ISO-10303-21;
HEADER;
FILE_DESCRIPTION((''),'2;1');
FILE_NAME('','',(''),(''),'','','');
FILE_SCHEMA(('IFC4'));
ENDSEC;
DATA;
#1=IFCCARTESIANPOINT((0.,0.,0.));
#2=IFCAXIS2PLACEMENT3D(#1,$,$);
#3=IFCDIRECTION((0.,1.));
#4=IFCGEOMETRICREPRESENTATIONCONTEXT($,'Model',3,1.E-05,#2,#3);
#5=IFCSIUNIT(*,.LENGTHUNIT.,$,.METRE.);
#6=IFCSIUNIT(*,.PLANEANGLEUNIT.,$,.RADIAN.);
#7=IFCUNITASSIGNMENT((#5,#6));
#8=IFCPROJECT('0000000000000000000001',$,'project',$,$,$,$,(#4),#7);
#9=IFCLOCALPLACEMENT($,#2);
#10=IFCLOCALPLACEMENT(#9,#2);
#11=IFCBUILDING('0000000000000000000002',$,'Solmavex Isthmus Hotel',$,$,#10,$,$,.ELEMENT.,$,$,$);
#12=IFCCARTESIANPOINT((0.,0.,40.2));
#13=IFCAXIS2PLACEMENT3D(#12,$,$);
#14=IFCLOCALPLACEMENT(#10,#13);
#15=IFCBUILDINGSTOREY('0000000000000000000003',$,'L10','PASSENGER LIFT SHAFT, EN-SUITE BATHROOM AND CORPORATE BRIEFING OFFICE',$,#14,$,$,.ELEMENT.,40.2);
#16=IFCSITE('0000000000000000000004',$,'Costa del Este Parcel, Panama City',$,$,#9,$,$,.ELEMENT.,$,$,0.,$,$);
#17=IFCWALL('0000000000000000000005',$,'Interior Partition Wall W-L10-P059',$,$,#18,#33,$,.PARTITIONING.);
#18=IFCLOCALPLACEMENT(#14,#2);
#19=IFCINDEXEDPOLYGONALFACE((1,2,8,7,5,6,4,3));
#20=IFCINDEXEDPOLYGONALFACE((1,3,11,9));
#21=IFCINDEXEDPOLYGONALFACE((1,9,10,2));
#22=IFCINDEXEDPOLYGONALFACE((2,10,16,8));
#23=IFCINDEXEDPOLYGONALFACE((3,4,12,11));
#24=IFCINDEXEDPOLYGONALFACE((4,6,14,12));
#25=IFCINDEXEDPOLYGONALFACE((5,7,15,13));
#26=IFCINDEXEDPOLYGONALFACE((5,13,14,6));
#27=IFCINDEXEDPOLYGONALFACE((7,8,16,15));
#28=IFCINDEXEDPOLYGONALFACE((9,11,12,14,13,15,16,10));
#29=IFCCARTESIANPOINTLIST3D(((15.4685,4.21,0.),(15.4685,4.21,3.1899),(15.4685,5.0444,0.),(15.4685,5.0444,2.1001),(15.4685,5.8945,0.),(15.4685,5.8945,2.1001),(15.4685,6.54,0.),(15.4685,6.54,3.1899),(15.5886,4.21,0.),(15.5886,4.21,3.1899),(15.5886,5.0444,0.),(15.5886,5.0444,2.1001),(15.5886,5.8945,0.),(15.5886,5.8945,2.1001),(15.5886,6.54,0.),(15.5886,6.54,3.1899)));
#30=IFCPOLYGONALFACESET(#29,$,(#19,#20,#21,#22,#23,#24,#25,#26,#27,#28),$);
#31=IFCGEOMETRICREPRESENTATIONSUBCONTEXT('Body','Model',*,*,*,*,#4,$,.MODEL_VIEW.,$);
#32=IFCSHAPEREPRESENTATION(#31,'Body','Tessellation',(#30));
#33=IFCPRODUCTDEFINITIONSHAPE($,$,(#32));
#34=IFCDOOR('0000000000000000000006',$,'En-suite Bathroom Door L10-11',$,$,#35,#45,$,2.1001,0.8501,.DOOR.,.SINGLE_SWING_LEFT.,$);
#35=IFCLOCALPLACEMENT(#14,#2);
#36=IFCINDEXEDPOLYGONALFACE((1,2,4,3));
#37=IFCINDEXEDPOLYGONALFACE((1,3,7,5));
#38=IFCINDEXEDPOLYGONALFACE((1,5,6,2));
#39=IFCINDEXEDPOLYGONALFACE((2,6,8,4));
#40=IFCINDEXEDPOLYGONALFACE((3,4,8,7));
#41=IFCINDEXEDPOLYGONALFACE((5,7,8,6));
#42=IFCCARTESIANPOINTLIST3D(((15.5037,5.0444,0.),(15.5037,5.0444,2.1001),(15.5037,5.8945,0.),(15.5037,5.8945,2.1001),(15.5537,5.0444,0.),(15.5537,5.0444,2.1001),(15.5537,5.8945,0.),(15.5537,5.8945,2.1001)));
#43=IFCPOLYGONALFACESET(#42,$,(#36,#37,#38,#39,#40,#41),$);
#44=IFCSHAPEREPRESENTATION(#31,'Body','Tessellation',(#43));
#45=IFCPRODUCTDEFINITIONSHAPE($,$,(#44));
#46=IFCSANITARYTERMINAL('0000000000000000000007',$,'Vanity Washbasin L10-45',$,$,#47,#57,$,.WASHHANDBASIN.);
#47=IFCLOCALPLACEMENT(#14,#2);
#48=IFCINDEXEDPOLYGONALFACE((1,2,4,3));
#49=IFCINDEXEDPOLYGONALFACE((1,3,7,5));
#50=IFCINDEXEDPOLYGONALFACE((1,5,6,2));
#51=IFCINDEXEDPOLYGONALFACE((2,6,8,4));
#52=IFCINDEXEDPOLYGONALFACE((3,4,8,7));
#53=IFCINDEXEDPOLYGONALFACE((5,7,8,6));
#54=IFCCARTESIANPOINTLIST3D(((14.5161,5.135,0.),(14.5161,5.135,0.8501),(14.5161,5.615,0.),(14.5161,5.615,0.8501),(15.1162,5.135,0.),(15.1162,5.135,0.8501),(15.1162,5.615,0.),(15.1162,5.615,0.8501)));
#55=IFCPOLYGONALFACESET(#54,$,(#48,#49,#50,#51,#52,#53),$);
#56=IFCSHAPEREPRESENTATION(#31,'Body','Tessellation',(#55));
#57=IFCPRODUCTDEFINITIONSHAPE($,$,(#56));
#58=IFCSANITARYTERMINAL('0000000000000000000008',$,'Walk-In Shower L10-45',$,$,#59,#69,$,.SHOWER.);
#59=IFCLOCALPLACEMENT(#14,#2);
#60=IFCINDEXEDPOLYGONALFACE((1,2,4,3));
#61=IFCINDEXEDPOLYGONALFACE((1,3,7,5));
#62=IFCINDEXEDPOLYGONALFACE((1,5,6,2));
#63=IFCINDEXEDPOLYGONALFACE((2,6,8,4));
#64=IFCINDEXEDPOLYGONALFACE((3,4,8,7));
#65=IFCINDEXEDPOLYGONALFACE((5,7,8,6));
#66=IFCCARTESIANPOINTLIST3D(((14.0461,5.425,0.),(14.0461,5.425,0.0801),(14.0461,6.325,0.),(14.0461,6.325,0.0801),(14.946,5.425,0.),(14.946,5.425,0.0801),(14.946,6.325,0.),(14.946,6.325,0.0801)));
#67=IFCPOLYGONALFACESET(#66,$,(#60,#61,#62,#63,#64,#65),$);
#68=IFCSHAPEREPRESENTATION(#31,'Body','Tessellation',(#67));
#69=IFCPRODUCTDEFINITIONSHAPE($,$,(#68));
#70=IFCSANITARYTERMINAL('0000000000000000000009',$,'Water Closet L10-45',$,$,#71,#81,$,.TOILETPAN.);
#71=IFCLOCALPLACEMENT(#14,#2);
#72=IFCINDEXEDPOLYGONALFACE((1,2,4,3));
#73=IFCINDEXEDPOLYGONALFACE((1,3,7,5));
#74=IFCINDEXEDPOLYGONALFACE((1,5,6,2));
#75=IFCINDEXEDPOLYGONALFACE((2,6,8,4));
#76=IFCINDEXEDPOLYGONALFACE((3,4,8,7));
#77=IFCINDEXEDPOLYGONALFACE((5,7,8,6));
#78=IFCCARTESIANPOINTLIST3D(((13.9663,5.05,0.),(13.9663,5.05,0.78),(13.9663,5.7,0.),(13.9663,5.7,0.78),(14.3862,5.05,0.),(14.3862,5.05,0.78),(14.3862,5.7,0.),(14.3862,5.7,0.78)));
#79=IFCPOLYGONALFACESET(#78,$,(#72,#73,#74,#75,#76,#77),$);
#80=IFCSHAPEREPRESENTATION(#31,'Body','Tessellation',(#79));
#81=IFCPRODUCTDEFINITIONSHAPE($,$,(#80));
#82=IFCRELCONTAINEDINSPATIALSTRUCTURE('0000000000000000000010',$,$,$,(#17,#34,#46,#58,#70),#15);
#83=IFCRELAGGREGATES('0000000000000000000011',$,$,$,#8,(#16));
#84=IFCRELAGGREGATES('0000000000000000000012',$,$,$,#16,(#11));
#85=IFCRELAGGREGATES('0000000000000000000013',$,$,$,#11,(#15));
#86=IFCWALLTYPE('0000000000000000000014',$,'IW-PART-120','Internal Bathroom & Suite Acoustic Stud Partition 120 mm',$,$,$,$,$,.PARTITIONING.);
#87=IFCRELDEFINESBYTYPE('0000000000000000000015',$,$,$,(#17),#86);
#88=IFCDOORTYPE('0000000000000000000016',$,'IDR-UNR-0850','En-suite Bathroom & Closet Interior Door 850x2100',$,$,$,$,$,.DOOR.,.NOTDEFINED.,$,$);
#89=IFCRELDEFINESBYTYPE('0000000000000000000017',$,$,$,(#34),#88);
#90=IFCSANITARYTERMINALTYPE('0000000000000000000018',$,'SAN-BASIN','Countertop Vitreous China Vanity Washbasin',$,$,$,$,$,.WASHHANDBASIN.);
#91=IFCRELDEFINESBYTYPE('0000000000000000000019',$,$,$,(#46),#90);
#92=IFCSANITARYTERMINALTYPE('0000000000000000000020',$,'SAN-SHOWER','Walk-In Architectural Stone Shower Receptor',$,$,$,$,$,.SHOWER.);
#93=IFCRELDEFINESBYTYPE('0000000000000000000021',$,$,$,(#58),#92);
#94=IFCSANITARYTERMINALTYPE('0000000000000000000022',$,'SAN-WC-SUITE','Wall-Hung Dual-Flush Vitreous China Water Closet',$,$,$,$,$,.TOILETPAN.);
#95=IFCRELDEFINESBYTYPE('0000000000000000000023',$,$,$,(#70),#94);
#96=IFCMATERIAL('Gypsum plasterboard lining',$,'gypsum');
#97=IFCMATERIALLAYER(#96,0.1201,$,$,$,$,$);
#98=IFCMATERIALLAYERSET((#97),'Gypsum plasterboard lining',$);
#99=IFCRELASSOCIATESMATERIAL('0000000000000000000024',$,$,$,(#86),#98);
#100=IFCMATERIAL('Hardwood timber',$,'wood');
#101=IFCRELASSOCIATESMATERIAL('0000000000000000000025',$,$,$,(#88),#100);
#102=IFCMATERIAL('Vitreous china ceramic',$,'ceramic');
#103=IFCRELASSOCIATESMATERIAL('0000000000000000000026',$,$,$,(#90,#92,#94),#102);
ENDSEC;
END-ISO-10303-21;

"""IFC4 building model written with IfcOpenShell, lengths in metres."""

from ifc_helpers import new_model, si_unit, direction, frame, frame_2d, origin, origin_2d, place, context, subcontext, project, spatial, rectangle, extrude, material, layer, layer_set, type_object, element, fill, save


model = new_model("IFC4")

# Units and contexts
model_context = context("Model", 3, precision=1e-05, world=origin(), true_north=direction((0.0, 1.0)))
body_context = subcontext(model_context, "Body", "Model", "MODEL_VIEW")
ifc_project = project(units=[si_unit("LENGTHUNIT", "METRE"), si_unit("PLANEANGLEUNIT", "RADIAN")], contexts=[model_context])

# Site, building, storey
site_placement = place(None, origin())
site = spatial("IfcSite", under=ifc_project, at=site_placement, Name="Costa del Este Parcel, Panama City", CompositionType="ELEMENT", RefElevation=0.0)
building_placement = place(site_placement, origin())
building = spatial("IfcBuilding", under=site, at=building_placement, Name="Solmavex Isthmus Hotel", CompositionType="ELEMENT")
storey_placement = place(building_placement, frame((0.0, 0.0, 40.2)))
storey = spatial("IfcBuildingStorey", under=building, at=storey_placement, Name="L10", Description="PASSENGER LIFT SHAFT, EN-SUITE BATHROOM AND CORPORATE BRIEFING OFFICE", CompositionType="ELEMENT", Elevation=40.2)

# Shared definitions
ifc_material_1 = material(Name="Gypsum plasterboard lining", Category="gypsum")
ifc_material_2 = material(Name="Hardwood timber", Category="wood")

# Shared definitions
ifc_layer_1 = layer(ifc_material_1, 0.1201)
ifc_layer_set_1 = layer_set([ifc_layer_1], Name="Gypsum plasterboard lining")
wall_type_1 = type_object("IfcWallType", Name="IW-PART-120", Description="Internal Bathroom & Suite Acoustic Stud Partition 120 mm", PredefinedType="PARTITIONING", material=ifc_layer_set_1)
door_type_1 = type_object("IfcDoorType", Name="IDR-UNR-0850", Description="En-suite Bathroom & Closet Interior Door 850x2100", OperationType="NOTDEFINED", PredefinedType="DOOR", material=ifc_material_2)

# Wall, opening, door
wall_1_placement = place(storey_placement, frame((15.5286, 4.21, 0.0), z_axis=(0.0, 0.0, 1.0), x_axis=(0.0, 1.0, 0.0)))
wall_1 = element("IfcWall", 1, at=wall_1_placement, inside=storey, type_object=wall_type_1, Name="Interior Partition Wall W-L10-P059", PredefinedType="PARTITIONING", context=body_context, shape_type="SweptSolid", body=[
    extrude(rectangle(XDim=2.3301, YDim=0.1201, at=frame_2d((1.165, 0.0))), origin(), (0.0, 0.0, 1.0), 3.1899),
])
opening_1_placement = place(wall_1_placement, frame((0.8345, 0.0, 0.0)))
opening_1 = element("IfcOpeningElement", 2, at=opening_1_placement, cuts=wall_1, PredefinedType="OPENING", context=body_context, shape_type="SweptSolid", body=[
    extrude(rectangle(XDim=0.8501, YDim=2.1001, at=frame_2d((0.425, 1.05))), frame((0.0, 0.0701, 0.0), z_axis=(0.0, -1.0, 0.0), x_axis=(1.0, 0.0, 0.0)), (0.0, 0.0, 1.0), 0.1401),
])
door_1_placement = place(opening_1_placement, origin())
door_1 = element("IfcDoor", 3, at=door_1_placement, inside=storey, type_object=door_type_1, Name="En-suite Bathroom Door L10-11", OperationType="SINGLE_SWING_LEFT", OverallHeight=2.1001, OverallWidth=0.8501, PredefinedType="DOOR", context=body_context, shape_type="SweptSolid", body=[
    extrude(rectangle(XDim=0.8501, YDim=2.1001, at=frame_2d((0.425, 1.05))), frame((0.0, 0.0249, 0.0), z_axis=(0.0, -1.0, 0.0), x_axis=(1.0, 0.0, 0.0)), (0.0, 0.0, 1.0), 0.05),
])
fill(opening_1, door_1)

# Sanitary terminals
ifc_material_3 = material(Name="Vitreous china ceramic", Category="ceramic")
sanitary_terminal_type_1 = type_object("IfcSanitaryTerminalType", Name="SAN-BASIN", Description="Countertop Vitreous China Vanity Washbasin", PredefinedType="WASHHANDBASIN", material=ifc_material_3)
sanitary_terminal_1_placement = place(storey_placement, frame((14.8162, 5.375, 0.0), z_axis=(0.0, 0.0, 1.0), x_axis=(1.0, 0.0, 0.0)))
element("IfcSanitaryTerminal", 4, at=sanitary_terminal_1_placement, inside=storey, type_object=sanitary_terminal_type_1, Name="Vanity Washbasin L10-45", PredefinedType="WASHHANDBASIN", context=body_context, shape_type="SweptSolid", body=[
    extrude(rectangle(XDim=0.6001, YDim=0.48, at=origin_2d()), origin(), (0.0, 0.0, 1.0), 0.8501),
])
sanitary_terminal_type_2 = type_object("IfcSanitaryTerminalType", Name="SAN-SHOWER", Description="Walk-In Architectural Stone Shower Receptor", PredefinedType="SHOWER", material=ifc_material_3)
sanitary_terminal_2_placement = place(storey_placement, frame((14.4961, 5.875, 0.0), z_axis=(0.0, 0.0, 1.0), x_axis=(1.0, 0.0, 0.0)))
element("IfcSanitaryTerminal", 5, at=sanitary_terminal_2_placement, inside=storey, type_object=sanitary_terminal_type_2, Name="Walk-In Shower L10-45", PredefinedType="SHOWER", context=body_context, shape_type="SweptSolid", body=[
    extrude(rectangle(XDim=0.8999, YDim=0.8999, at=origin_2d()), origin(), (0.0, 0.0, 1.0), 0.0801),
])
sanitary_terminal_type_3 = type_object("IfcSanitaryTerminalType", Name="SAN-WC-SUITE", Description="Wall-Hung Dual-Flush Vitreous China Water Closet", PredefinedType="TOILETPAN", material=ifc_material_3)
sanitary_terminal_3_placement = place(storey_placement, frame((14.1763, 5.375, 0.0), z_axis=(0.0, 0.0, 1.0), x_axis=(1.0, 0.0, 0.0)))
element("IfcSanitaryTerminal", 6, at=sanitary_terminal_3_placement, inside=storey, type_object=sanitary_terminal_type_3, Name="Water Closet L10-45", PredefinedType="TOILETPAN", context=body_context, shape_type="SweptSolid", body=[
    extrude(rectangle(XDim=0.4199, YDim=0.6499, at=origin_2d()), origin(), (0.0, 0.0, 1.0), 0.78),
])

save(model, "model.ifc")
